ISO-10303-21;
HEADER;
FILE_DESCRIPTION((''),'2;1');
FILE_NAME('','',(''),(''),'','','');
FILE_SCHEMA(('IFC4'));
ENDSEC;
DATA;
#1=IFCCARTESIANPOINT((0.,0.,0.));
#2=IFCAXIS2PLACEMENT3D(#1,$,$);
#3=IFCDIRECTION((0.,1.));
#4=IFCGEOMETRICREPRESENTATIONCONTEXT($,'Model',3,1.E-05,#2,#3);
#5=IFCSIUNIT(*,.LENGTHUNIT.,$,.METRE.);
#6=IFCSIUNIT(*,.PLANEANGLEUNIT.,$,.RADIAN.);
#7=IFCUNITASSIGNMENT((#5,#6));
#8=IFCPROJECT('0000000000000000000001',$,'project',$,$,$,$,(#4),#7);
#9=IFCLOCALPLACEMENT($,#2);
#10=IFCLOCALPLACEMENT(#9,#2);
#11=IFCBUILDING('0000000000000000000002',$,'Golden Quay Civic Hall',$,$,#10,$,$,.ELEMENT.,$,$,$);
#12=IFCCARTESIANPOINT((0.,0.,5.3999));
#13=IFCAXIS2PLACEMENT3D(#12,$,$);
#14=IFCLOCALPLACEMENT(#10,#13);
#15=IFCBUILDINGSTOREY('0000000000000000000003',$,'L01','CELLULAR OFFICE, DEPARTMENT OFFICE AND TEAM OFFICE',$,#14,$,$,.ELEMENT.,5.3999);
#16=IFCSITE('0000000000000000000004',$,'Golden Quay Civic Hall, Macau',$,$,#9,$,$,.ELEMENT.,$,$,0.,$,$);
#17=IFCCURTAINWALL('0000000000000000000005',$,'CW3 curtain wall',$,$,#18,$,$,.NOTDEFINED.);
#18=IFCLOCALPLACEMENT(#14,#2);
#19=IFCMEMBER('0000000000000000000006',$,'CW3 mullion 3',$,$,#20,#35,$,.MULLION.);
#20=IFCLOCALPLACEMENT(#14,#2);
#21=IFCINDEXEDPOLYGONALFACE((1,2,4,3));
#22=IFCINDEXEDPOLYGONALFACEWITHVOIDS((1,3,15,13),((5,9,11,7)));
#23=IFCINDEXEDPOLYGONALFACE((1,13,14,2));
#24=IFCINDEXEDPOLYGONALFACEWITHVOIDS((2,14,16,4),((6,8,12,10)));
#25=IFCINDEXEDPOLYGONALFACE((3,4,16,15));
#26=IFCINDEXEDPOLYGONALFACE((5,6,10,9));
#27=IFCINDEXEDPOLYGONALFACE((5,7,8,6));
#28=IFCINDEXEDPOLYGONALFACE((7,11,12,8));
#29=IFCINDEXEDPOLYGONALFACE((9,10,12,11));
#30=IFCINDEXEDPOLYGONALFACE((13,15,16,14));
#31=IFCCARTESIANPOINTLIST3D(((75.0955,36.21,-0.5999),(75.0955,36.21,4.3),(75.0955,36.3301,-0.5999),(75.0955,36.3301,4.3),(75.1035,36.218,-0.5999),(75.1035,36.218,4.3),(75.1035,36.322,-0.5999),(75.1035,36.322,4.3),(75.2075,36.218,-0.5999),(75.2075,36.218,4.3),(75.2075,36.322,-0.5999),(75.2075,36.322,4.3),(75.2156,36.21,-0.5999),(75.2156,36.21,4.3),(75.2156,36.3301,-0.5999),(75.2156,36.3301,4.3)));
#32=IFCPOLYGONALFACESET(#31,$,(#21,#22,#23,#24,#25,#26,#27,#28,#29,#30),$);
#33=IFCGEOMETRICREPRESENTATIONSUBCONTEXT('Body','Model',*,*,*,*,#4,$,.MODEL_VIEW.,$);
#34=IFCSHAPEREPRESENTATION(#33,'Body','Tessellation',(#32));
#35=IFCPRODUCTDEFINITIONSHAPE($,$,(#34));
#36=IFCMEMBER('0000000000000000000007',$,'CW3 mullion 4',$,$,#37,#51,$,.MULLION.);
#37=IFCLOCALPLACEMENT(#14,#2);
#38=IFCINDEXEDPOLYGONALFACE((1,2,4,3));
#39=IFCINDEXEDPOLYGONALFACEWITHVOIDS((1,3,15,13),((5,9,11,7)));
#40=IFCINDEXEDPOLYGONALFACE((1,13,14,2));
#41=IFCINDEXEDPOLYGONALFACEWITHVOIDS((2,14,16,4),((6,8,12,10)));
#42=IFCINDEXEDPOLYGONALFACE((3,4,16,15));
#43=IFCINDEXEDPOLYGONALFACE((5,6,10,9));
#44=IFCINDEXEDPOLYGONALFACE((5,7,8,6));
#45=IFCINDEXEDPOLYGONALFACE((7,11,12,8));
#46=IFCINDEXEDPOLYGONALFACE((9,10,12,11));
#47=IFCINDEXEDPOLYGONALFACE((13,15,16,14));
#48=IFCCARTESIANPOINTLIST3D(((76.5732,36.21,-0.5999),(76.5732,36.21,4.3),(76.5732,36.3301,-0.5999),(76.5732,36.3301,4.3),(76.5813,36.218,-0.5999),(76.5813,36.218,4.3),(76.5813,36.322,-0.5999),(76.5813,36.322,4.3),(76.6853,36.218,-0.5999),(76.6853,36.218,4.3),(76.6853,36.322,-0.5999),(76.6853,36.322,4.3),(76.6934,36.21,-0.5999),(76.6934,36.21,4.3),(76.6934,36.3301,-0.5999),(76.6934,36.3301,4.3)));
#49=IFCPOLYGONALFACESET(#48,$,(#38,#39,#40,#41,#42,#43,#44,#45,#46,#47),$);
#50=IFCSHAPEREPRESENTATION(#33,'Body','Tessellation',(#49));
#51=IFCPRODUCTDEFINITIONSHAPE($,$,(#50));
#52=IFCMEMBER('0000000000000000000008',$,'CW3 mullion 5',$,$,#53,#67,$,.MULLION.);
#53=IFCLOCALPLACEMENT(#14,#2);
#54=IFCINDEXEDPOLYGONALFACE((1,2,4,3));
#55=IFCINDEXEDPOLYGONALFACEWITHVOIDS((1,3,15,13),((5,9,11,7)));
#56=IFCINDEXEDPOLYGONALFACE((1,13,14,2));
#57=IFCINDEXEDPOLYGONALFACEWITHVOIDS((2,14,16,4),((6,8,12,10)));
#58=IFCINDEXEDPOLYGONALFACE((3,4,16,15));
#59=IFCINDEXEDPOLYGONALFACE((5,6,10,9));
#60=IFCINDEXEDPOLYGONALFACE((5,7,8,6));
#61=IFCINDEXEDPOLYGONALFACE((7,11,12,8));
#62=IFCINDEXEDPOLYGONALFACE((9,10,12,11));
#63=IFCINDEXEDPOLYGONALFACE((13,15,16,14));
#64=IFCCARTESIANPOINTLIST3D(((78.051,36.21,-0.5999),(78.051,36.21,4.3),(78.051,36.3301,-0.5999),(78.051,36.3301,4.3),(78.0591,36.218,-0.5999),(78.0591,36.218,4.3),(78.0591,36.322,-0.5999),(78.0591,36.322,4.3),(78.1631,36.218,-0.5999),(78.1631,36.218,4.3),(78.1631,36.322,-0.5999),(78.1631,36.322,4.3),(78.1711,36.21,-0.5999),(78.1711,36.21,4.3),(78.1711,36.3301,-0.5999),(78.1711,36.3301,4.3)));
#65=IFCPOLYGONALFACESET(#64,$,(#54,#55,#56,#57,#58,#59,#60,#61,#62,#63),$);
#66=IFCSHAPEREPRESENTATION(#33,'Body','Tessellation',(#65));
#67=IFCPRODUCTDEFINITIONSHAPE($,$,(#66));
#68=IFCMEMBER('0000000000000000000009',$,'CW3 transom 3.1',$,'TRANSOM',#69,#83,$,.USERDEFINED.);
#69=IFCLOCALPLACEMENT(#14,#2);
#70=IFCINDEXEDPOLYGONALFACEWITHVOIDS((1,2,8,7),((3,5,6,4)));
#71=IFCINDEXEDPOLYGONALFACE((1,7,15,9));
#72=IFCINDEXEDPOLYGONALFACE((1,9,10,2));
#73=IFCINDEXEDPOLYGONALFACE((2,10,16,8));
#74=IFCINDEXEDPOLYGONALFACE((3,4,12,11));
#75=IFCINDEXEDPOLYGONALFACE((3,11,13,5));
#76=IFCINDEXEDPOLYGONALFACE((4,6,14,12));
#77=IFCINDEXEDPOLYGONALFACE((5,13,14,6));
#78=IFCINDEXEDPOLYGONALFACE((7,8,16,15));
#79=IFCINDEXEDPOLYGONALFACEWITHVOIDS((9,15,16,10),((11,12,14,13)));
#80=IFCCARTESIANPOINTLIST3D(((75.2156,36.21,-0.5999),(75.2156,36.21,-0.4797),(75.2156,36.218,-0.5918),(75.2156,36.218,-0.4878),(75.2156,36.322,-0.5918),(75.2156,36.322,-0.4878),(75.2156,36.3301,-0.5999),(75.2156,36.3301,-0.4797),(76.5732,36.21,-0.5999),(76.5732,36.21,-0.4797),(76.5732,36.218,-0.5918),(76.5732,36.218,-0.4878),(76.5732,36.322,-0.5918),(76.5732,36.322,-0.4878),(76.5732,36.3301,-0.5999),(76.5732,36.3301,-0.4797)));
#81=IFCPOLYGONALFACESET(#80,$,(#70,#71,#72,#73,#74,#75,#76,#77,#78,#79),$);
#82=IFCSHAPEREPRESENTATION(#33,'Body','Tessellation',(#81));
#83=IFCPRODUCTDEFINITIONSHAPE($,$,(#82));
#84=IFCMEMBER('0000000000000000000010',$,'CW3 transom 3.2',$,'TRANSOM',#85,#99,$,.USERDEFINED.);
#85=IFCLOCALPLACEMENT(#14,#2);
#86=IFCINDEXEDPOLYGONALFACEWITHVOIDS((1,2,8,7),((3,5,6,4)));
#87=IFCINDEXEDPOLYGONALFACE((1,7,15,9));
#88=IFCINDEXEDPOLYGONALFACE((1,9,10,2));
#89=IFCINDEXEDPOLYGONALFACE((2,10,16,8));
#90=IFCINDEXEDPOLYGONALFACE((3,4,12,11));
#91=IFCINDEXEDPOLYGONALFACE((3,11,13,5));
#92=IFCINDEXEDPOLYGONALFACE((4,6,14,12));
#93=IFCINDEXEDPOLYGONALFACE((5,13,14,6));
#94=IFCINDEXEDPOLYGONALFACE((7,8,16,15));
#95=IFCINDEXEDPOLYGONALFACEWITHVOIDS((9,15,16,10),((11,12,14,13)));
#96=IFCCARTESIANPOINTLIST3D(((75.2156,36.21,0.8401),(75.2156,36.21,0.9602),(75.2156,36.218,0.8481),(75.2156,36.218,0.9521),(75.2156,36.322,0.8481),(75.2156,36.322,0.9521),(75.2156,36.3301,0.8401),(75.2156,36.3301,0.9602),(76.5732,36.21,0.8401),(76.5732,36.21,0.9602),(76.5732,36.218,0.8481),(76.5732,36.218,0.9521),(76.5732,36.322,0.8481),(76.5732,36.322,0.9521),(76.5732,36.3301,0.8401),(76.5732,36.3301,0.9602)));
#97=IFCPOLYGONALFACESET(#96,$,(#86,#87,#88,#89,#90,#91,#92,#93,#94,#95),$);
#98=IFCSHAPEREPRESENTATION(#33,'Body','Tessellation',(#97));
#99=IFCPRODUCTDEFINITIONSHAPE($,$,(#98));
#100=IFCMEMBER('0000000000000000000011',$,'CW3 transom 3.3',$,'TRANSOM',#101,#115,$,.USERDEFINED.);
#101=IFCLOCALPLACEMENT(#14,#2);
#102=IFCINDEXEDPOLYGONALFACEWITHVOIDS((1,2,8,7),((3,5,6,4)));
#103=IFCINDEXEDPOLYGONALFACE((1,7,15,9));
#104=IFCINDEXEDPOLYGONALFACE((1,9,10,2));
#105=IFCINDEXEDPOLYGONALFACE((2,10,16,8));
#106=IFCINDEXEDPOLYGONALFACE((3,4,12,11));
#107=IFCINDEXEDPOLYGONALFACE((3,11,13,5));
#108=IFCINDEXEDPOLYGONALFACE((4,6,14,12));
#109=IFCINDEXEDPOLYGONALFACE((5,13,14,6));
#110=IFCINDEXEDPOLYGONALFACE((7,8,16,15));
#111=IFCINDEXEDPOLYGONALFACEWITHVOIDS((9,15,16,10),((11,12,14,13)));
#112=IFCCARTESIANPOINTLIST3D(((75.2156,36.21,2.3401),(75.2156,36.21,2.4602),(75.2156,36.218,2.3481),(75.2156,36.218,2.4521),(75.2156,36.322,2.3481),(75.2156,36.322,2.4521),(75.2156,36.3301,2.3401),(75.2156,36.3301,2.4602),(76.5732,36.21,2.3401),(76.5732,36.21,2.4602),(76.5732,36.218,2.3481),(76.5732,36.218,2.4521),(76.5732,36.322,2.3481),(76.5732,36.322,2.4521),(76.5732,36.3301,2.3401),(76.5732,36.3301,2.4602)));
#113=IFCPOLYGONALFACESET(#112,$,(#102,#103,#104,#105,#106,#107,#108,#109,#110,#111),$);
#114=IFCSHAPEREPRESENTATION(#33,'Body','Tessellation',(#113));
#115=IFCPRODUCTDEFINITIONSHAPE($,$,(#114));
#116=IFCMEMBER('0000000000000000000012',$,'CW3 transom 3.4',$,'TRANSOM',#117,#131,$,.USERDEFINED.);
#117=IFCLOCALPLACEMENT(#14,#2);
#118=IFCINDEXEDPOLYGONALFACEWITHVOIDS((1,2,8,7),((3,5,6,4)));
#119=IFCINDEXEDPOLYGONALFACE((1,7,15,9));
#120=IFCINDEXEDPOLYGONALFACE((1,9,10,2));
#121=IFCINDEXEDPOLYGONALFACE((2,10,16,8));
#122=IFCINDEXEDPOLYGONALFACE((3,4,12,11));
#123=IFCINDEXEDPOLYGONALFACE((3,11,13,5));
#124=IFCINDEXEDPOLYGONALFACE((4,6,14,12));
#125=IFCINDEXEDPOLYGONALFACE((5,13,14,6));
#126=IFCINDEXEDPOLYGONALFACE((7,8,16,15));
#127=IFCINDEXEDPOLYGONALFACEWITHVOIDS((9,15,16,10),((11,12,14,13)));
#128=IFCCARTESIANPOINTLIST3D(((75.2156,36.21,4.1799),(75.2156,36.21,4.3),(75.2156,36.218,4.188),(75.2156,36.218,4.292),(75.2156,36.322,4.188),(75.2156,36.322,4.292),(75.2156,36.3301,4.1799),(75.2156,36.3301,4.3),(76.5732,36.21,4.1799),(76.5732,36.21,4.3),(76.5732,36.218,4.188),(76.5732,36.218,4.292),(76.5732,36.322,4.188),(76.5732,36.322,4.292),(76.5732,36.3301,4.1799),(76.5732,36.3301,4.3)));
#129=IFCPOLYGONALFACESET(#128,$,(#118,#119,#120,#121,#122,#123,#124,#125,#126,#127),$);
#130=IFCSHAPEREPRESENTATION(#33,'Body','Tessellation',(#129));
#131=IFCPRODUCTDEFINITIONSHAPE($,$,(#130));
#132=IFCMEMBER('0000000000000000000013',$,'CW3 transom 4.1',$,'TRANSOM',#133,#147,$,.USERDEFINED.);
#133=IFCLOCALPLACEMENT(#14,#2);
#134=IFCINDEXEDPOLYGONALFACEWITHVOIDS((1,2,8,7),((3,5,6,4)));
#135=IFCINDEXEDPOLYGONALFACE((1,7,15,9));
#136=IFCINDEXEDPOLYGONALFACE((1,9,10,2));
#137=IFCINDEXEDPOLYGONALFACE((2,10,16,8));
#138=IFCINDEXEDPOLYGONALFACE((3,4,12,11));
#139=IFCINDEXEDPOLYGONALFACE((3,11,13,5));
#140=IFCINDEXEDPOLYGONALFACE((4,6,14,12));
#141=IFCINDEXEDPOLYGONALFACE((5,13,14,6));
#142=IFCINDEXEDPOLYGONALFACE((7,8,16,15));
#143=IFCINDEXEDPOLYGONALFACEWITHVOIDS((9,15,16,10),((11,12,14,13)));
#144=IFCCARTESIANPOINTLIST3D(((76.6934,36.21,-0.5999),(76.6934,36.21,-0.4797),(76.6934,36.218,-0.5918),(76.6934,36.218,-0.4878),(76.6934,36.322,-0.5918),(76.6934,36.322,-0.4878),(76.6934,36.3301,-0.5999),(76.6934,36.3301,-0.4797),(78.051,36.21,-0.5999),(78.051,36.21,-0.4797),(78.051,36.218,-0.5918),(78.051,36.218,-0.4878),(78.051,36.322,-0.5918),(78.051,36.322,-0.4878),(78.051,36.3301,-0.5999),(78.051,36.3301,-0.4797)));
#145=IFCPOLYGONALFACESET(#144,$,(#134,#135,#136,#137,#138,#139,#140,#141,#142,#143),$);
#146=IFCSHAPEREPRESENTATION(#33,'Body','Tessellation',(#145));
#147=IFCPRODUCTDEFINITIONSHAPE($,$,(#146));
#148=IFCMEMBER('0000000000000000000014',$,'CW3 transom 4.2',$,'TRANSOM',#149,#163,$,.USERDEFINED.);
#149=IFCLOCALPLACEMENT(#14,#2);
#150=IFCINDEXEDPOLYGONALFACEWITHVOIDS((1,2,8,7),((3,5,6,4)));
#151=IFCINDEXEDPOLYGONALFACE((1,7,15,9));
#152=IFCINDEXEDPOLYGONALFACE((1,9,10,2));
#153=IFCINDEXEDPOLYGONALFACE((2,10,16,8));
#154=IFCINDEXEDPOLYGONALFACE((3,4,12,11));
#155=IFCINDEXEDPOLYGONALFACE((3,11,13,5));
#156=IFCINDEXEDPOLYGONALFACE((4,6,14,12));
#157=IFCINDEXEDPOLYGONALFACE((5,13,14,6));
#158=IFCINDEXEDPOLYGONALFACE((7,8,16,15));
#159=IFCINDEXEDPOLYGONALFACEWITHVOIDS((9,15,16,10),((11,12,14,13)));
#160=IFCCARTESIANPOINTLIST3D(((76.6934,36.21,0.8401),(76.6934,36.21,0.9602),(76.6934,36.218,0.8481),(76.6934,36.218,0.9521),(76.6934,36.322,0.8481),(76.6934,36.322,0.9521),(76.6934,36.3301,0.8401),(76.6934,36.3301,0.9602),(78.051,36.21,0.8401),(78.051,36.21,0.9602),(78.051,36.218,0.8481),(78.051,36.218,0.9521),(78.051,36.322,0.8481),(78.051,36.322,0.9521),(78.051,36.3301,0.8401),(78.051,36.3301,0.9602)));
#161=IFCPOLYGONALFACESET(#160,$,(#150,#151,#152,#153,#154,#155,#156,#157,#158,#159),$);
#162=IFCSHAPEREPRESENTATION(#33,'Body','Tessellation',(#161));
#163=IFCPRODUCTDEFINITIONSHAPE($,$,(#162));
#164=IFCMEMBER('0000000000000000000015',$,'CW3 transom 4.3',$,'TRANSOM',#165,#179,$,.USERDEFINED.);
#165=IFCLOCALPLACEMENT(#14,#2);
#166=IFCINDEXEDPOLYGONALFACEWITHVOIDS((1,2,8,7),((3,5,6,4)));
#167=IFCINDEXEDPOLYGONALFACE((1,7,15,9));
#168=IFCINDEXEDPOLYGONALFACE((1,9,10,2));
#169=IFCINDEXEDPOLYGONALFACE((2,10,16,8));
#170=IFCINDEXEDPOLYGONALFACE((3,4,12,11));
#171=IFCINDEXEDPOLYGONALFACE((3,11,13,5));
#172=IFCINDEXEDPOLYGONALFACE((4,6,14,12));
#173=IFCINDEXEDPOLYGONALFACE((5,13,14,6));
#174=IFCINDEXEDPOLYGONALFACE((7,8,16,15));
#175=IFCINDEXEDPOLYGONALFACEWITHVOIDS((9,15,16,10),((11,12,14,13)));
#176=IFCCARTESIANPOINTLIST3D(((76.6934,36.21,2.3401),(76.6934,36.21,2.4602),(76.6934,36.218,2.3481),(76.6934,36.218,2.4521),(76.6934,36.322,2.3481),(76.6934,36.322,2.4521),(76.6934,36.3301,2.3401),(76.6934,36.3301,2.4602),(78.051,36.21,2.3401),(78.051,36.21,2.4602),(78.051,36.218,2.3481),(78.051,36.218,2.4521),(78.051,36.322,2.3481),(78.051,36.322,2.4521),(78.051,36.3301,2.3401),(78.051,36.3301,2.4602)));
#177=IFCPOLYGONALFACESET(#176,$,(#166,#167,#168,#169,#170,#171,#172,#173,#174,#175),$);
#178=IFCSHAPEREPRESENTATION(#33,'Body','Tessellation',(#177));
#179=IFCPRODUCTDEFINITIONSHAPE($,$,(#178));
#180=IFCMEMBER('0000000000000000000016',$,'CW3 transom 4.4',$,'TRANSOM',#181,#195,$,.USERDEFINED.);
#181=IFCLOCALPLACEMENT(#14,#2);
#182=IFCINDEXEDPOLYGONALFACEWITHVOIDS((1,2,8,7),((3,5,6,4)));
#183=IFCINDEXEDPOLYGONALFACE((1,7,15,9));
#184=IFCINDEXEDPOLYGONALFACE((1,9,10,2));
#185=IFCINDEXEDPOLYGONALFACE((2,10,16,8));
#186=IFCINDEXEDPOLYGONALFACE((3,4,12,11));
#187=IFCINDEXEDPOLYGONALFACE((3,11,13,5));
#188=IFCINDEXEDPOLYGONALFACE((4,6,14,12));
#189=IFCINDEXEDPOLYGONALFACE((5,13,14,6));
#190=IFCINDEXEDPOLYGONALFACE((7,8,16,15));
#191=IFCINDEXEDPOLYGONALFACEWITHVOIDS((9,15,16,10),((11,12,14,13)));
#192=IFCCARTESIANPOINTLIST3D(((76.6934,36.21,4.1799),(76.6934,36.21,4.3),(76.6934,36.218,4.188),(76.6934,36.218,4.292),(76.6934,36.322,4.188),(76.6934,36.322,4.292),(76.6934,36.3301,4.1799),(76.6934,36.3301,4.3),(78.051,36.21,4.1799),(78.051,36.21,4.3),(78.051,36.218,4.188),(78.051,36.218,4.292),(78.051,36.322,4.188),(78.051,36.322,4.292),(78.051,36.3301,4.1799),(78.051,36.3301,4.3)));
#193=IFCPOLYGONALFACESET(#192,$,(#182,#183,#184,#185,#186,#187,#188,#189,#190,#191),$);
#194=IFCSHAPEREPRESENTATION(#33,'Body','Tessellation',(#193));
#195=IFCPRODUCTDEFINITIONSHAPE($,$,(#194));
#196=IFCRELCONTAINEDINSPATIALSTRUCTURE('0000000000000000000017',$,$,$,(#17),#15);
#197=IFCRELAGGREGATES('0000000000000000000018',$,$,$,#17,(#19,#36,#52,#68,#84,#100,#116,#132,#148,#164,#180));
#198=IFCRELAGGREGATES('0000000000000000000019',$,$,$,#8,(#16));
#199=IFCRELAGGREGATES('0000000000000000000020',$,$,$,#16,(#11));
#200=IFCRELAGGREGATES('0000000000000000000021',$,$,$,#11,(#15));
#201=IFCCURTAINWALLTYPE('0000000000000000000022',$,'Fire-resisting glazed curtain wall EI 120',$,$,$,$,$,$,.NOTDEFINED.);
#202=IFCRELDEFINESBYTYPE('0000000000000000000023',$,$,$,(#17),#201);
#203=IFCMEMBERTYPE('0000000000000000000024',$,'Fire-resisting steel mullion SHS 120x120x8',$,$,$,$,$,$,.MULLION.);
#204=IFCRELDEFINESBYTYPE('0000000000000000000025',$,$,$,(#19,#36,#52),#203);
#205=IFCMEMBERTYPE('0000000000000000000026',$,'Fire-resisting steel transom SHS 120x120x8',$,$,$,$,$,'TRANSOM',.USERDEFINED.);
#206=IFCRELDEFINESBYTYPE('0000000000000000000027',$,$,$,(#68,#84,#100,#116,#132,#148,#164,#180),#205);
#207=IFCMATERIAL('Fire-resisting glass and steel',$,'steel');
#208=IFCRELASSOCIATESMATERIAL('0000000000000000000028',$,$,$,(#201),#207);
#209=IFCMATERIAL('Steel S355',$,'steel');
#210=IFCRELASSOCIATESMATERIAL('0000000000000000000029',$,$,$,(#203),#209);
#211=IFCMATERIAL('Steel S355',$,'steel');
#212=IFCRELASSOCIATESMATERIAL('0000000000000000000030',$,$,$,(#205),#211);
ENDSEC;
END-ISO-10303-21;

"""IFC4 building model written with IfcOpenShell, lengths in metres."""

from ifc_helpers import new_model, si_unit, direction, frame, origin, origin_2d, place, context, subcontext, project, spatial, hollow_rectangle, extrude, material, material_profile, profile_set, type_object, element, aggregate, save


model = new_model("IFC4")

# Units and contexts
model_context = context("Model", 3, precision=1e-05, world=origin(), true_north=direction((0.0, 1.0)))
body_context = subcontext(model_context, "Body", "Model", "MODEL_VIEW")
ifc_project = project(units=[si_unit("LENGTHUNIT", "METRE"), si_unit("PLANEANGLEUNIT", "RADIAN")], contexts=[model_context])

# Site, building, storey
site_placement = place(None, origin())
site = spatial("IfcSite", under=ifc_project, at=site_placement, Name="Golden Quay Civic Hall, Macau", CompositionType="ELEMENT", RefElevation=0.0)
building_placement = place(site_placement, origin())
building = spatial("IfcBuilding", under=site, at=building_placement, Name="Golden Quay Civic Hall", CompositionType="ELEMENT")
storey_placement = place(building_placement, frame((0.0, 0.0, 5.3999)))
storey = spatial("IfcBuildingStorey", under=building, at=storey_placement, Name="L01", Description="CELLULAR OFFICE, DEPARTMENT OFFICE AND TEAM OFFICE", CompositionType="ELEMENT", Elevation=5.3999)

# Curtain wall, members
ifc_material_1 = material(Name="Fire-resisting glass and steel", Category="steel")
curtain_wall_type = type_object("IfcCurtainWallType", Name="Fire-resisting glazed curtain wall EI 120", PredefinedType="NOTDEFINED", material=ifc_material_1)
curtain_wall_placement = place(storey_placement, origin())
curtain_wall = element("IfcCurtainWall", 1, at=curtain_wall_placement, inside=storey, type_object=curtain_wall_type, Name="CW3 curtain wall", PredefinedType="NOTDEFINED")
ifc_material_2 = material(Name="Steel S355", Category="steel")
ifc_material_profile_1 = material_profile(ifc_material_2, hollow_rectangle(XDim=0.1201, YDim=0.1201, WallThickness=0.0081, at=origin_2d()), Name="SHS 120x120x8")
ifc_profile_set_1 = profile_set([ifc_material_profile_1], Name="Steel S355")
member_type_1 = type_object("IfcMemberType", Name="Fire-resisting steel mullion SHS 120x120x8", PredefinedType="MULLION", material=ifc_profile_set_1)
member_1_placement = place(storey_placement, frame((75.1555, 36.27, -0.5999), z_axis=(0.0, 0.0, 1.0), x_axis=(0.0, 1.0, 0.0)))
member_1 = element("IfcMember", 2, at=member_1_placement, type_object=member_type_1, Name="CW3 mullion 3", PredefinedType="MULLION", context=body_context, shape_type="SweptSolid", body=[
    extrude(hollow_rectangle(XDim=0.1201, YDim=0.1201, WallThickness=0.0081, at=origin_2d()), origin(), (0.0, 0.0, 1.0), 4.8999),
])
member_2_placement = place(storey_placement, frame((76.6333, 36.27, -0.5999), z_axis=(0.0, 0.0, 1.0), x_axis=(0.0, 1.0, 0.0)))
member_2 = element("IfcMember", 3, at=member_2_placement, type_object=member_type_1, Name="CW3 mullion 4", PredefinedType="MULLION", context=body_context, shape_type="SweptSolid", body=[
    extrude(hollow_rectangle(XDim=0.1201, YDim=0.1201, WallThickness=0.0081, at=origin_2d()), origin(), (0.0, 0.0, 1.0), 4.8999),
])
member_3_placement = place(storey_placement, frame((78.1111, 36.27, -0.5999), z_axis=(0.0, 0.0, 1.0), x_axis=(0.0, 1.0, 0.0)))
member_3 = element("IfcMember", 4, at=member_3_placement, type_object=member_type_1, Name="CW3 mullion 5", PredefinedType="MULLION", context=body_context, shape_type="SweptSolid", body=[
    extrude(hollow_rectangle(XDim=0.1201, YDim=0.1201, WallThickness=0.0081, at=origin_2d()), origin(), (0.0, 0.0, 1.0), 4.8999),
])
ifc_material_3 = material(Name="Steel S355", Category="steel")
ifc_material_profile_2 = material_profile(ifc_material_3, hollow_rectangle(XDim=0.1201, YDim=0.1201, WallThickness=0.0081, at=origin_2d()), Name="SHS 120x120x8")
ifc_profile_set_2 = profile_set([ifc_material_profile_2], Name="Steel S355")
member_type_2 = type_object("IfcMemberType", Name="Fire-resisting steel transom SHS 120x120x8", ElementType="TRANSOM", PredefinedType="USERDEFINED", material=ifc_profile_set_2)
member_4_placement = place(storey_placement, frame((75.2156, 36.27, -0.5398), z_axis=(1.0, 0.0, 0.0), x_axis=(0.0, 1.0, 0.0)))
member_4 = element("IfcMember", 5, at=member_4_placement, type_object=member_type_2, Name="CW3 transom 3.1", ObjectType="TRANSOM", PredefinedType="USERDEFINED", context=body_context, shape_type="SweptSolid", body=[
    extrude(hollow_rectangle(XDim=0.1201, YDim=0.1201, WallThickness=0.0081, at=origin_2d()), origin(), (0.0, 0.0, 1.0), 1.3577),
])
member_5_placement = place(storey_placement, frame((75.2156, 36.27, 0.9001), z_axis=(1.0, 0.0, 0.0), x_axis=(0.0, 1.0, 0.0)))
member_5 = element("IfcMember", 6, at=member_5_placement, type_object=member_type_2, Name="CW3 transom 3.2", ObjectType="TRANSOM", PredefinedType="USERDEFINED", context=body_context, shape_type="SweptSolid", body=[
    extrude(hollow_rectangle(XDim=0.1201, YDim=0.1201, WallThickness=0.0081, at=origin_2d()), origin(), (0.0, 0.0, 1.0), 1.3577),
])
member_6_placement = place(storey_placement, frame((75.2156, 36.27, 2.4001), z_axis=(1.0, 0.0, 0.0), x_axis=(0.0, 1.0, 0.0)))
member_6 = element("IfcMember", 7, at=member_6_placement, type_object=member_type_2, Name="CW3 transom 3.3", ObjectType="TRANSOM", PredefinedType="USERDEFINED", context=body_context, shape_type="SweptSolid", body=[
    extrude(hollow_rectangle(XDim=0.1201, YDim=0.1201, WallThickness=0.0081, at=origin_2d()), origin(), (0.0, 0.0, 1.0), 1.3577),
])
member_7_placement = place(storey_placement, frame((75.2156, 36.27, 4.24), z_axis=(1.0, 0.0, 0.0), x_axis=(0.0, 1.0, 0.0)))
member_7 = element("IfcMember", 8, at=member_7_placement, type_object=member_type_2, Name="CW3 transom 3.4", ObjectType="TRANSOM", PredefinedType="USERDEFINED", context=body_context, shape_type="SweptSolid", body=[
    extrude(hollow_rectangle(XDim=0.1201, YDim=0.1201, WallThickness=0.0081, at=origin_2d()), origin(), (0.0, 0.0, 1.0), 1.3577),
])
member_8_placement = place(storey_placement, frame((76.6934, 36.27, -0.5398), z_axis=(1.0, 0.0, 0.0), x_axis=(0.0, 1.0, 0.0)))
member_8 = element("IfcMember", 9, at=member_8_placement, type_object=member_type_2, Name="CW3 transom 4.1", ObjectType="TRANSOM", PredefinedType="USERDEFINED", context=body_context, shape_type="SweptSolid", body=[
    extrude(hollow_rectangle(XDim=0.1201, YDim=0.1201, WallThickness=0.0081, at=origin_2d()), origin(), (0.0, 0.0, 1.0), 1.3577),
])
member_9_placement = place(storey_placement, frame((76.6934, 36.27, 0.9001), z_axis=(1.0, 0.0, 0.0), x_axis=(0.0, 1.0, 0.0)))
member_9 = element("IfcMember", 10, at=member_9_placement, type_object=member_type_2, Name="CW3 transom 4.2", ObjectType="TRANSOM", PredefinedType="USERDEFINED", context=body_context, shape_type="SweptSolid", body=[
    extrude(hollow_rectangle(XDim=0.1201, YDim=0.1201, WallThickness=0.0081, at=origin_2d()), origin(), (0.0, 0.0, 1.0), 1.3577),
])
member_10_placement = place(storey_placement, frame((76.6934, 36.27, 2.4001), z_axis=(1.0, 0.0, 0.0), x_axis=(0.0, 1.0, 0.0)))
member_10 = element("IfcMember", 11, at=member_10_placement, type_object=member_type_2, Name="CW3 transom 4.3", ObjectType="TRANSOM", PredefinedType="USERDEFINED", context=body_context, shape_type="SweptSolid", body=[
    extrude(hollow_rectangle(XDim=0.1201, YDim=0.1201, WallThickness=0.0081, at=origin_2d()), origin(), (0.0, 0.0, 1.0), 1.3577),
])
member_11_placement = place(storey_placement, frame((76.6934, 36.27, 4.24), z_axis=(1.0, 0.0, 0.0), x_axis=(0.0, 1.0, 0.0)))
member_11 = element("IfcMember", 12, at=member_11_placement, type_object=member_type_2, Name="CW3 transom 4.4", ObjectType="TRANSOM", PredefinedType="USERDEFINED", context=body_context, shape_type="SweptSolid", body=[
    extrude(hollow_rectangle(XDim=0.1201, YDim=0.1201, WallThickness=0.0081, at=origin_2d()), origin(), (0.0, 0.0, 1.0), 1.3577),
])
aggregate(curtain_wall, [member_1, member_2, member_3, member_4, member_5, member_6, member_7, member_8, member_9, member_10, member_11])

save(model, "model.ifc")
